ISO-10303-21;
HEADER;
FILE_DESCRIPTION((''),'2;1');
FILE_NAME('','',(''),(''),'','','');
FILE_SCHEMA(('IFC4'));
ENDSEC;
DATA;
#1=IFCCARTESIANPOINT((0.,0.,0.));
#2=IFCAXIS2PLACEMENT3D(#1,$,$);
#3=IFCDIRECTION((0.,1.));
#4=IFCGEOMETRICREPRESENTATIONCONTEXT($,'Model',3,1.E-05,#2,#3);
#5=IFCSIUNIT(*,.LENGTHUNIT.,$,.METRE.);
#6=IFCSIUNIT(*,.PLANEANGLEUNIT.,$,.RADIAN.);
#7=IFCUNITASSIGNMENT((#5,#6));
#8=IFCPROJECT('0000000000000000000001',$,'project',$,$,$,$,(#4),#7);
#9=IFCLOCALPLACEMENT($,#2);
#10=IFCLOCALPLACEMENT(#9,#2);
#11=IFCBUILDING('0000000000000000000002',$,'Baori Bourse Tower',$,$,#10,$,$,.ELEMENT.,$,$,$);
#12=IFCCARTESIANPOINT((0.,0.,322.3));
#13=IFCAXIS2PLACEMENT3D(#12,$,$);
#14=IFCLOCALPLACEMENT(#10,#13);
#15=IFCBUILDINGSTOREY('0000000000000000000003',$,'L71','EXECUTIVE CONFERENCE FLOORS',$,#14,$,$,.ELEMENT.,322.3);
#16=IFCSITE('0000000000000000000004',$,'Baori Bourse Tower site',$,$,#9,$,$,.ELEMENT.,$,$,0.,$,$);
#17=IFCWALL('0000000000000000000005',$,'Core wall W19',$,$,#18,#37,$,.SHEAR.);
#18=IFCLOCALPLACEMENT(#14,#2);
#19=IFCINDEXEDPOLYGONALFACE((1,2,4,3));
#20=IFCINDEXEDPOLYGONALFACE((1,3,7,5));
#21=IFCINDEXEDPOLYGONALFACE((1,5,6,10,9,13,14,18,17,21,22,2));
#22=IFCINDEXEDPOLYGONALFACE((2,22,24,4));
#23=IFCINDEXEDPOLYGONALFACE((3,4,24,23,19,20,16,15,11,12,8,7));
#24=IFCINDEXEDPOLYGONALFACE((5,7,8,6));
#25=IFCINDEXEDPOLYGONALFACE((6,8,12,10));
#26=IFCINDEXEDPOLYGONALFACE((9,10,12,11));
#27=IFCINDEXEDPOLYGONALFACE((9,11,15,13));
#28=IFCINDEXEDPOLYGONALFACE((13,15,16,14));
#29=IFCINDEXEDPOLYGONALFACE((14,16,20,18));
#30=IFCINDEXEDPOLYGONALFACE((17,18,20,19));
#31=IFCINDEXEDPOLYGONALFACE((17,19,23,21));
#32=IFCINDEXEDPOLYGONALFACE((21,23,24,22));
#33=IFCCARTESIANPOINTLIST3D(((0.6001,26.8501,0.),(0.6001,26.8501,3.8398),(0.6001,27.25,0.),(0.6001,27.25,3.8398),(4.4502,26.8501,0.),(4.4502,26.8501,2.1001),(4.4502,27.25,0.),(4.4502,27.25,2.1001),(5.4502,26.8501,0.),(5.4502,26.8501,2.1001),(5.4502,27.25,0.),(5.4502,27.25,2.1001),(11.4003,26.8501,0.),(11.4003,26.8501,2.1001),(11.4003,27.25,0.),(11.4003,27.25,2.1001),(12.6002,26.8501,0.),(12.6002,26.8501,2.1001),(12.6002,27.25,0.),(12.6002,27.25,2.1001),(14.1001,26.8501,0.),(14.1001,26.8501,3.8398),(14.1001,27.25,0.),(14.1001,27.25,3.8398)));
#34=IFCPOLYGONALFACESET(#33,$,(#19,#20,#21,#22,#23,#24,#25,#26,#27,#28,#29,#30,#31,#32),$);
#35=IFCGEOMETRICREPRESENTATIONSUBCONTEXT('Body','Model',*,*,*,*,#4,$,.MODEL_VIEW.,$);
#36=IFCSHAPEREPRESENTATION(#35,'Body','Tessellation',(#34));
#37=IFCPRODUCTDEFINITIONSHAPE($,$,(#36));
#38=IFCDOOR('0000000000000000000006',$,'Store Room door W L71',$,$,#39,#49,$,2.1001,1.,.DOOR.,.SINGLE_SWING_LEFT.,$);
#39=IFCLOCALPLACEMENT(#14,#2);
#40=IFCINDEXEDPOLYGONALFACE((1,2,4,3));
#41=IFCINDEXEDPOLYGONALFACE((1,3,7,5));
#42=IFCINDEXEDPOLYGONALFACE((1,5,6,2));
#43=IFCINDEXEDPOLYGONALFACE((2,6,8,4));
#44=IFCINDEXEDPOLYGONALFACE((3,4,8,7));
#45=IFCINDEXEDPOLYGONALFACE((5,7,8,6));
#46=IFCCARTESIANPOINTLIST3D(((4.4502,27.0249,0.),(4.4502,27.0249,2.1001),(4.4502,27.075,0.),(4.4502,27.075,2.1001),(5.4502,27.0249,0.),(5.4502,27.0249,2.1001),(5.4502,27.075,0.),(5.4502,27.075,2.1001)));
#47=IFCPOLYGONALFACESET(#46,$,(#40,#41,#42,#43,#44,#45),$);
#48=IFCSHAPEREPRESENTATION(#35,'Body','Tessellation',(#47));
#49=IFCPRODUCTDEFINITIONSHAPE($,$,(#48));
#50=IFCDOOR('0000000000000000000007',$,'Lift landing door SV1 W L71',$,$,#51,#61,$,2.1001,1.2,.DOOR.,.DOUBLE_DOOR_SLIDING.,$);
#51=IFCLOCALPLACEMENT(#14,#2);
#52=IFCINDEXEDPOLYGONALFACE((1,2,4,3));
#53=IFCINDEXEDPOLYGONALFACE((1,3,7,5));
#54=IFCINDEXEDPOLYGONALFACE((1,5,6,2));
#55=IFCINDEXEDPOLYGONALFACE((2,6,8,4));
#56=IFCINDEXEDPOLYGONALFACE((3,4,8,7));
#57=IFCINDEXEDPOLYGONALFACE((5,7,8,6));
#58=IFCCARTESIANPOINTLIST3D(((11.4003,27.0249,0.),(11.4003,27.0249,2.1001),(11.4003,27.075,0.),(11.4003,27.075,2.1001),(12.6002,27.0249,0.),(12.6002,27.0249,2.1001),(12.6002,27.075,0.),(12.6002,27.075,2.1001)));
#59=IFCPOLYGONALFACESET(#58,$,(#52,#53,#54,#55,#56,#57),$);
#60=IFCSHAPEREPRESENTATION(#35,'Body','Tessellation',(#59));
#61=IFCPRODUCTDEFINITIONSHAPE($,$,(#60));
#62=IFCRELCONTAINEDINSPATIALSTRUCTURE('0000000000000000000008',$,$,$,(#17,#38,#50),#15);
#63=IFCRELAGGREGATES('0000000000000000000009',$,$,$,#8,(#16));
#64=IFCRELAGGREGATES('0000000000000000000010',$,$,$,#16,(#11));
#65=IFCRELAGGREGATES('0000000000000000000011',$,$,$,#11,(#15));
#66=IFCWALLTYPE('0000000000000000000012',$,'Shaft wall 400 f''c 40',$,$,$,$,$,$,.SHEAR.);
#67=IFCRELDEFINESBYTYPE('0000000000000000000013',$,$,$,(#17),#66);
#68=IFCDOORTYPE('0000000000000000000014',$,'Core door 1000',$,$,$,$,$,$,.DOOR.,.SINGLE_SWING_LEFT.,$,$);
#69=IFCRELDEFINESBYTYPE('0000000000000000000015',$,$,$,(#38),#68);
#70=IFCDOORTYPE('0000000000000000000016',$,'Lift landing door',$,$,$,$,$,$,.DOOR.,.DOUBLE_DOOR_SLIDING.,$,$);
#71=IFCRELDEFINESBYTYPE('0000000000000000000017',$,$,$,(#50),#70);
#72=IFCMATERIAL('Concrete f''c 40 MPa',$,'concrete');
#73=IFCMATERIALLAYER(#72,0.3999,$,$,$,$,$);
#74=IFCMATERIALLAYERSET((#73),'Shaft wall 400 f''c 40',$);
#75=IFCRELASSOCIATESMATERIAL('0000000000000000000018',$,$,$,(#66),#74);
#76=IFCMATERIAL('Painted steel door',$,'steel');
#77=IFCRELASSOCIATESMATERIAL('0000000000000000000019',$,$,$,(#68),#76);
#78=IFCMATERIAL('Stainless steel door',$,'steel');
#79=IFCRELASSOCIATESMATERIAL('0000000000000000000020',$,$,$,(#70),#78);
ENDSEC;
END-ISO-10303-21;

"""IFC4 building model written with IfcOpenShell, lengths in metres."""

from ifc_helpers import new_model, si_unit, direction, frame, frame_2d, origin, place, context, subcontext, project, spatial, rectangle, extrude, material, layer, layer_set, type_object, element, fill, save


model = new_model("IFC4")

# Units and contexts
model_context = context("Model", 3, precision=1e-05, world=origin(), true_north=direction((0.0, 1.0)))
body_context = subcontext(model_context, "Body", "Model", "MODEL_VIEW")
ifc_project = project(units=[si_unit("LENGTHUNIT", "METRE"), si_unit("PLANEANGLEUNIT", "RADIAN")], contexts=[model_context])

# Site, building, storey
site_placement = place(None, origin())
site = spatial("IfcSite", under=ifc_project, at=site_placement, Name="Baori Bourse Tower site", CompositionType="ELEMENT", RefElevation=0.0)
building_placement = place(site_placement, origin())
building = spatial("IfcBuilding", under=site, at=building_placement, Name="Baori Bourse Tower", CompositionType="ELEMENT")
storey_placement = place(building_placement, frame((0.0, 0.0, 322.3)))
storey = spatial("IfcBuildingStorey", under=building, at=storey_placement, Name="L71", Description="EXECUTIVE CONFERENCE FLOORS", CompositionType="ELEMENT", Elevation=322.3)

# Wall, openings, doors
ifc_material_1 = material(Name="Concrete f'c 40 MPa", Category="concrete")
ifc_layer_1 = layer(ifc_material_1, 0.3999)
ifc_layer_set_1 = layer_set([ifc_layer_1], Name="Shaft wall 400 f'c 40")
wall_type_1 = type_object("IfcWallType", Name="Shaft wall 400 f'c 40", PredefinedType="SHEAR", material=ifc_layer_set_1)
wall_1_placement = place(storey_placement, frame((0.6001, 27.05, 0.0), z_axis=(0.0, 0.0, 1.0), x_axis=(1.0, 0.0, 0.0)))
wall_1 = element("IfcWall", 1, at=wall_1_placement, inside=storey, type_object=wall_type_1, Name="Core wall W19", PredefinedType="SHEAR", context=body_context, shape_type="SweptSolid", body=[
    extrude(rectangle(XDim=13.5, YDim=0.3999, at=frame_2d((6.75, 0.0))), origin(), (0.0, 0.0, 1.0), 3.8398),
])
opening_1_placement = place(wall_1_placement, frame((3.8501, 0.0, 0.0)))
opening_1 = element("IfcOpeningElement", 2, at=opening_1_placement, cuts=wall_1, PredefinedType="OPENING", context=body_context, shape_type="SweptSolid", body=[
    extrude(rectangle(XDim=1.0, YDim=2.1001, at=frame_2d((0.5, 1.05))), frame((0.0, 0.21, 0.0), z_axis=(0.0, -1.0, 0.0), x_axis=(1.0, 0.0, 0.0)), (0.0, 0.0, 1.0), 0.4199),
])
opening_2_placement = place(wall_1_placement, frame((10.8, 0.0, 0.0)))
opening_2 = element("IfcOpeningElement", 3, at=opening_2_placement, cuts=wall_1, PredefinedType="OPENING", context=body_context, shape_type="SweptSolid", body=[
    extrude(rectangle(XDim=1.2, YDim=2.1001, at=frame_2d((0.6001, 1.05))), frame((0.0, 0.21, 0.0), z_axis=(0.0, -1.0, 0.0), x_axis=(1.0, 0.0, 0.0)), (0.0, 0.0, 1.0), 0.4199),
])
ifc_material_2 = material(Name="Painted steel door", Category="steel")
door_type_1 = type_object("IfcDoorType", Name="Core door 1000", OperationType="SINGLE_SWING_LEFT", PredefinedType="DOOR", material=ifc_material_2)
door_1_placement = place(opening_1_placement, origin())
door_1 = element("IfcDoor", 4, at=door_1_placement, inside=storey, type_object=door_type_1, Name="Store Room door W L71", OperationType="SINGLE_SWING_LEFT", OverallHeight=2.1001, OverallWidth=1.0, PredefinedType="DOOR", context=body_context, shape_type="SweptSolid", body=[
    extrude(rectangle(XDim=1.0, YDim=2.1001, at=frame_2d((0.5, 1.05))), frame((0.0, 0.0249, 0.0), z_axis=(0.0, -1.0, 0.0), x_axis=(1.0, 0.0, 0.0)), (0.0, 0.0, 1.0), 0.05),
])
fill(opening_1, door_1)
ifc_material_3 = material(Name="Stainless steel door", Category="steel")
door_type_2 = type_object("IfcDoorType", Name="Lift landing door", OperationType="DOUBLE_DOOR_SLIDING", PredefinedType="DOOR", material=ifc_material_3)
door_2_placement = place(opening_2_placement, origin())
door_2 = element("IfcDoor", 5, at=door_2_placement, inside=storey, type_object=door_type_2, Name="Lift landing door SV1 W L71", OperationType="DOUBLE_DOOR_SLIDING", OverallHeight=2.1001, OverallWidth=1.2, PredefinedType="DOOR", context=body_context, shape_type="SweptSolid", body=[
    extrude(rectangle(XDim=1.2, YDim=2.1001, at=frame_2d((0.6001, 1.05))), frame((0.0, 0.0249, 0.0), z_axis=(0.0, -1.0, 0.0), x_axis=(1.0, 0.0, 0.0)), (0.0, 0.0, 1.0), 0.05),
])
fill(opening_2, door_2)

save(model, "model.ifc")
